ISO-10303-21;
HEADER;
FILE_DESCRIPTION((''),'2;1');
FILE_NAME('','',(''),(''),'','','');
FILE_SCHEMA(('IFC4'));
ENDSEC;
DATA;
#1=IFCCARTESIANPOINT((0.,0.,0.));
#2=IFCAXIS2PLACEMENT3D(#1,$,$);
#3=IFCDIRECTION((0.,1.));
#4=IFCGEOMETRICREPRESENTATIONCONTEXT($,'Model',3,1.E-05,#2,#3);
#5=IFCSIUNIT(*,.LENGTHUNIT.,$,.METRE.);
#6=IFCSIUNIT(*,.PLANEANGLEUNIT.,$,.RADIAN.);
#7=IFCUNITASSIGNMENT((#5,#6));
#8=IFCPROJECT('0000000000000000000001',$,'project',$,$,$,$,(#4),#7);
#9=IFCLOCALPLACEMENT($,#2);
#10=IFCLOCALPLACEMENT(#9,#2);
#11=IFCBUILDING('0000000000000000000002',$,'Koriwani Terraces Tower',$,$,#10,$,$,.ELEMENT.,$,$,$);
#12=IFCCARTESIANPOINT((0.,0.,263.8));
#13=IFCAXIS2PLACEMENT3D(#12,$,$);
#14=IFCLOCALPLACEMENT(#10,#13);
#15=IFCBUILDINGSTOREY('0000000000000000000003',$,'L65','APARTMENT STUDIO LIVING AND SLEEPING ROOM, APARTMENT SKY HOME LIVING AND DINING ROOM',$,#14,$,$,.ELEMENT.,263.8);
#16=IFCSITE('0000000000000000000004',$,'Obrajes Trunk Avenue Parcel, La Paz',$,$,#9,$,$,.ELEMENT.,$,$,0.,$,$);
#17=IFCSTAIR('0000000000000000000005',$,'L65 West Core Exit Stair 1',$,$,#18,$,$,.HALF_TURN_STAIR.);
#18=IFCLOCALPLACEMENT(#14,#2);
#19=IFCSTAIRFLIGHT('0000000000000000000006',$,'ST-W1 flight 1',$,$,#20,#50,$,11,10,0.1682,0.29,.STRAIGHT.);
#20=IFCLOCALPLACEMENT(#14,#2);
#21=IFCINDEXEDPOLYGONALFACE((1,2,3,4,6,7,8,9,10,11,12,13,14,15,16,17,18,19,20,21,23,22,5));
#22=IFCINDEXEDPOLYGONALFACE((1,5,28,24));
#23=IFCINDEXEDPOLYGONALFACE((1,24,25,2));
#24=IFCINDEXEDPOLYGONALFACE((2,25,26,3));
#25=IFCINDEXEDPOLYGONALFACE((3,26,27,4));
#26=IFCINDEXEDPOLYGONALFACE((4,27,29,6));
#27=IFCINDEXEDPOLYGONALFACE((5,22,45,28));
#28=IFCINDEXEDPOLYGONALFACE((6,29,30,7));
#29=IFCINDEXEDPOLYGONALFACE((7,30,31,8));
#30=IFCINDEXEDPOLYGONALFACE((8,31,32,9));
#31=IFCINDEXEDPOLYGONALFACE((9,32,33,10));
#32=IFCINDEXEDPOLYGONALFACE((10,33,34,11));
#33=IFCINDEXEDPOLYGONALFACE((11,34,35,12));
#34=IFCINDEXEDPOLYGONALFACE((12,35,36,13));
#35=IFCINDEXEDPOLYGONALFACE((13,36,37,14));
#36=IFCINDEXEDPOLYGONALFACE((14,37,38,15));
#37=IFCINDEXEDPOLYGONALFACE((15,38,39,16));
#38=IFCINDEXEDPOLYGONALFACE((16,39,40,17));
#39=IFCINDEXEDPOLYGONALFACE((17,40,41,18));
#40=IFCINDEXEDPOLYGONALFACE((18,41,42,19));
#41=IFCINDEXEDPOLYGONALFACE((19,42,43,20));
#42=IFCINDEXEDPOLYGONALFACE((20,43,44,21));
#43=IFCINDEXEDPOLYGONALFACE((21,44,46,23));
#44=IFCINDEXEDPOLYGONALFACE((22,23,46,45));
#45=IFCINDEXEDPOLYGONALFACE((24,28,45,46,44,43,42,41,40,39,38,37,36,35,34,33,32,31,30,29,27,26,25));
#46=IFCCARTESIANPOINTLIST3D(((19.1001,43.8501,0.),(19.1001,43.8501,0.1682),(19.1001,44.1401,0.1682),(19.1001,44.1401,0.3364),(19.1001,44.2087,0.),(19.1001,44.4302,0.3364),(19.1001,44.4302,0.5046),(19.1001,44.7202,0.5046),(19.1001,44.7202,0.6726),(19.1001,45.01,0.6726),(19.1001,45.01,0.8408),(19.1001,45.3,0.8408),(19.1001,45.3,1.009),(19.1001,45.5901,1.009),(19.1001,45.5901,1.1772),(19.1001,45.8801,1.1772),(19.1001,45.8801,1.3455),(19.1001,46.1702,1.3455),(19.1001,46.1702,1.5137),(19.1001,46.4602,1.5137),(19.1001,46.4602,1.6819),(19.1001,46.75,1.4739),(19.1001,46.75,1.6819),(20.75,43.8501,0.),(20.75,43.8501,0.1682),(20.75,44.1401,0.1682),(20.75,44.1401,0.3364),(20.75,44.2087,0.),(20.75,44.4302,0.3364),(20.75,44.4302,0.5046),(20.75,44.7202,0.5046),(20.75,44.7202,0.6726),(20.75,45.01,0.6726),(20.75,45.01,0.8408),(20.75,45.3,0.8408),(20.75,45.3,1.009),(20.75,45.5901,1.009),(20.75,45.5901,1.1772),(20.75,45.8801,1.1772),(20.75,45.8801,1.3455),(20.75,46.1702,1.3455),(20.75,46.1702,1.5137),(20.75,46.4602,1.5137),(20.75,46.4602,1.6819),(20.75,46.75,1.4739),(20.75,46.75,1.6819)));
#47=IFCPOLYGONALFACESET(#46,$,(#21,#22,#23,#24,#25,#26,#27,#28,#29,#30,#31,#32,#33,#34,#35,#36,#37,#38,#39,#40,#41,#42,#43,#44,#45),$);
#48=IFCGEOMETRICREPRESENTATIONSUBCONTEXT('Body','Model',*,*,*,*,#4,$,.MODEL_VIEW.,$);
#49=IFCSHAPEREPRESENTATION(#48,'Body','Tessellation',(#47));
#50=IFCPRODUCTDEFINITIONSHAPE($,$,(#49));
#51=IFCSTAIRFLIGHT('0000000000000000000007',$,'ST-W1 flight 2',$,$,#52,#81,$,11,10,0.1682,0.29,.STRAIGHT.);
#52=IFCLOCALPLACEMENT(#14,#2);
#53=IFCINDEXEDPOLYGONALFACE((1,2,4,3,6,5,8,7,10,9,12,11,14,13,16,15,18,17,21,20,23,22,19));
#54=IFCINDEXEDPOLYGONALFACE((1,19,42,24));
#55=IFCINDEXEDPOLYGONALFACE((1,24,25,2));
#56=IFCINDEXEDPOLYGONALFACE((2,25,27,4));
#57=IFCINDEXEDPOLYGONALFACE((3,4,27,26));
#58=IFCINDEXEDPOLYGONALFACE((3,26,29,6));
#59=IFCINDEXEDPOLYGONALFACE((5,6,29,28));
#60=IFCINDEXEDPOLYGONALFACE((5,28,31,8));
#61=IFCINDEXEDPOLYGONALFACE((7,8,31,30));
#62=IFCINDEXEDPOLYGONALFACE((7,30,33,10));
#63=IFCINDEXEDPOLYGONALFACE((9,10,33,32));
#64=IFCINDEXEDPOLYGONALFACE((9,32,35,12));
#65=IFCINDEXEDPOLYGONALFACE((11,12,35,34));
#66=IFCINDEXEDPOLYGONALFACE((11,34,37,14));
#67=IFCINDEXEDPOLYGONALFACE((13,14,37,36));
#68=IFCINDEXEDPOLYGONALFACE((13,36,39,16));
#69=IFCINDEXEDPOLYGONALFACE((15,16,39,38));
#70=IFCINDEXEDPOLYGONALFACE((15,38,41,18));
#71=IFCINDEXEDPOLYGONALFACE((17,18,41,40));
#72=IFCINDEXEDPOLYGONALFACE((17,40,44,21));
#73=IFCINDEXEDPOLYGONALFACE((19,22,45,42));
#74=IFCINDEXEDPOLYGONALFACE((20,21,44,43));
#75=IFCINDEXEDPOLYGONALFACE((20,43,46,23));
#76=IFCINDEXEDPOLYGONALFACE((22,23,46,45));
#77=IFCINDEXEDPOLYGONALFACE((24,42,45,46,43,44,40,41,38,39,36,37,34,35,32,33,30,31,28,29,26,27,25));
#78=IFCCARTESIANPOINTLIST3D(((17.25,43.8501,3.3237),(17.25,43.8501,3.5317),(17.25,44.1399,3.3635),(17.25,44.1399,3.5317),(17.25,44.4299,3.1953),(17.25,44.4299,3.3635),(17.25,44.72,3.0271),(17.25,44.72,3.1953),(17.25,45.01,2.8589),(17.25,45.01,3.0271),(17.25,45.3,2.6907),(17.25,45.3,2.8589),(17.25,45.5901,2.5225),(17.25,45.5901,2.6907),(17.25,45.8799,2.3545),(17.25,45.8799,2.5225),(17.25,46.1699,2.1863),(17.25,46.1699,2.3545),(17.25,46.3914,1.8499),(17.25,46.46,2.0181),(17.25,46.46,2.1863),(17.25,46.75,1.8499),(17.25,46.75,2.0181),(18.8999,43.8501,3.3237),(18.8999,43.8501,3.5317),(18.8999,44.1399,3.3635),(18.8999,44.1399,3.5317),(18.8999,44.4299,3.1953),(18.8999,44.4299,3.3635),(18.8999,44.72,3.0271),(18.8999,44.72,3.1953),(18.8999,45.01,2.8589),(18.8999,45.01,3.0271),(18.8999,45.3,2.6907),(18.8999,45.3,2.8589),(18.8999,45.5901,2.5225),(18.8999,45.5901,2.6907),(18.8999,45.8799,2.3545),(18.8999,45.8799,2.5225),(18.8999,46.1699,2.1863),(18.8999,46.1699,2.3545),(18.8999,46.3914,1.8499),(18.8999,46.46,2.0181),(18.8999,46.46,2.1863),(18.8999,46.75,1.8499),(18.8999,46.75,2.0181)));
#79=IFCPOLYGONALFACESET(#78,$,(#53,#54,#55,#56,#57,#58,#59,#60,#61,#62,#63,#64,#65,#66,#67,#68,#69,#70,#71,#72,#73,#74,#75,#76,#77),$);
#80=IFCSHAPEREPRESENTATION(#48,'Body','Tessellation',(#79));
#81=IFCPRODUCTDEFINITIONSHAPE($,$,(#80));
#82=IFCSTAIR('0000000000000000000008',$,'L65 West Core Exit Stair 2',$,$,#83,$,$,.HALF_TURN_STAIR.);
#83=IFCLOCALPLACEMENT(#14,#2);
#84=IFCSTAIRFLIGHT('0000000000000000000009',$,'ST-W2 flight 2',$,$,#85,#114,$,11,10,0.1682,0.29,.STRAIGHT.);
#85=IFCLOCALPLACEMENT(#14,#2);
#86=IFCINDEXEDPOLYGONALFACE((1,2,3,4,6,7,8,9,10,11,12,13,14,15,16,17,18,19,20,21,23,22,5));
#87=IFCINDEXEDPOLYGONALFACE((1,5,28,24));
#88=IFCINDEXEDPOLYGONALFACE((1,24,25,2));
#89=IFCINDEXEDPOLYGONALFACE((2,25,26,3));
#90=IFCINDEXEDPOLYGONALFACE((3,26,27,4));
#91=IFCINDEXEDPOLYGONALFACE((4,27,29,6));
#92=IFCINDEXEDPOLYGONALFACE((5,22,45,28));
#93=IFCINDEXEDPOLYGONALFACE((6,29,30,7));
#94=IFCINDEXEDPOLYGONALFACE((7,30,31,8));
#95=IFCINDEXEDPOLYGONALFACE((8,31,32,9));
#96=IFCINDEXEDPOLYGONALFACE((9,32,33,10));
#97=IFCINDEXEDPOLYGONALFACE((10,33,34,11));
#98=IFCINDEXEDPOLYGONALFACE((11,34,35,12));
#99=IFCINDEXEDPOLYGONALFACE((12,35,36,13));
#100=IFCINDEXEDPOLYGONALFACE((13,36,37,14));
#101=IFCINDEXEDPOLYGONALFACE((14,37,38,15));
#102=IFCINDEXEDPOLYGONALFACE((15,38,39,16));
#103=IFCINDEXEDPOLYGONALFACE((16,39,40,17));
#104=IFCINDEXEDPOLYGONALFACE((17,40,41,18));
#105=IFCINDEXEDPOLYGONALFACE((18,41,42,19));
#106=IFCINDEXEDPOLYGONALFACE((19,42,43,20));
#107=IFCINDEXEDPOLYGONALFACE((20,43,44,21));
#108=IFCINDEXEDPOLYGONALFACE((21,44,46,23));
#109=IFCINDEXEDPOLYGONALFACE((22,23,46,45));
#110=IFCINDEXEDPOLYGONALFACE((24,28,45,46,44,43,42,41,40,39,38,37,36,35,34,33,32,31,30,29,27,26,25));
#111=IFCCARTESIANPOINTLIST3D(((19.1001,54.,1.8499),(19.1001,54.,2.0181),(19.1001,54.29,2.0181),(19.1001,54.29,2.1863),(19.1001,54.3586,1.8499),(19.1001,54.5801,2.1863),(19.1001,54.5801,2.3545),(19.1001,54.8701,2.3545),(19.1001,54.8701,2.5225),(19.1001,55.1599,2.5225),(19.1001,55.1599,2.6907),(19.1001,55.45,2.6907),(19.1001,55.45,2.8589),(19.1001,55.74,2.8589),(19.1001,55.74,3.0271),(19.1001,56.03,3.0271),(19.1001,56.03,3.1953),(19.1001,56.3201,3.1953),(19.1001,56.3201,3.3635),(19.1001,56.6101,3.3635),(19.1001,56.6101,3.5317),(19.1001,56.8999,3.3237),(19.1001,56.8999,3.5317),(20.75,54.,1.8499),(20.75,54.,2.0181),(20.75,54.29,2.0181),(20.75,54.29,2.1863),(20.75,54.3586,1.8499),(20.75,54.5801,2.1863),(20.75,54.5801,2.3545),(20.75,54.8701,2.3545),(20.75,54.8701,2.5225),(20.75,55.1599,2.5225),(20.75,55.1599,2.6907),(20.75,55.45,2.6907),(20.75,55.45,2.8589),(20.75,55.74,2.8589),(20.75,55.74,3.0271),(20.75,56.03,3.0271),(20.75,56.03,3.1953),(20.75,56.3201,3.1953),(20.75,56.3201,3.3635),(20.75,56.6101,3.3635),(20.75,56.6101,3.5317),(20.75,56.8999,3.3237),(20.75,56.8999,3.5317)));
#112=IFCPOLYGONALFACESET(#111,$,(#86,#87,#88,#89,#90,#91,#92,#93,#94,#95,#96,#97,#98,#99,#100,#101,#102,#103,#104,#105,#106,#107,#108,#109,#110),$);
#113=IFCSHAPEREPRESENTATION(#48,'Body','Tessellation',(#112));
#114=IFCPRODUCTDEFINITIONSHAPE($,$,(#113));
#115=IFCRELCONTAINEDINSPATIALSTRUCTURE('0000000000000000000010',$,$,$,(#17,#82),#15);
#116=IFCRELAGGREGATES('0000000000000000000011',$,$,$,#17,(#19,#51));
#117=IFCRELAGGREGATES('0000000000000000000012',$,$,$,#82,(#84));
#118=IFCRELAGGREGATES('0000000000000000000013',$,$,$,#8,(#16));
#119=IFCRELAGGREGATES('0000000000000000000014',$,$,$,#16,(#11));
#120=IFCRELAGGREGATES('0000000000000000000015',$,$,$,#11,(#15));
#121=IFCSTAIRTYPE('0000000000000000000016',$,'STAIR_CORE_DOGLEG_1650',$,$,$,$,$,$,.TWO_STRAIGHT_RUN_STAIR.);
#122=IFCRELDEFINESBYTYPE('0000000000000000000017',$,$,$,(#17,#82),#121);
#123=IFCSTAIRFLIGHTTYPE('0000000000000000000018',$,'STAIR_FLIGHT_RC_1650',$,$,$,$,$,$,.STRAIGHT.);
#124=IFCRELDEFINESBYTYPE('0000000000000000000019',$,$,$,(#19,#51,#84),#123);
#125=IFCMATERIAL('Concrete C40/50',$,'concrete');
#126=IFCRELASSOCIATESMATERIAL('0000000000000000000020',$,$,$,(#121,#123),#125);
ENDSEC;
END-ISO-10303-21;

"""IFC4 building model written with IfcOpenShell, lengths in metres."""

from ifc_helpers import new_model, si_unit, direction, frame, origin, place, context, subcontext, project, spatial, polyline, outline, extrude, material, type_object, element, aggregate, save


model = new_model("IFC4")

# Units and contexts
model_context = context("Model", 3, precision=1e-05, world=origin(), true_north=direction((0.0, 1.0)))
body_context = subcontext(model_context, "Body", "Model", "MODEL_VIEW")
ifc_project = project(units=[si_unit("LENGTHUNIT", "METRE"), si_unit("PLANEANGLEUNIT", "RADIAN")], contexts=[model_context])

# Site, building, storey
site_placement = place(None, origin())
site = spatial("IfcSite", under=ifc_project, at=site_placement, Name="Obrajes Trunk Avenue Parcel, La Paz", CompositionType="ELEMENT", RefElevation=0.0)
building_placement = place(site_placement, origin())
building = spatial("IfcBuilding", under=site, at=building_placement, Name="Koriwani Terraces Tower", CompositionType="ELEMENT")
storey_placement = place(building_placement, frame((0.0, 0.0, 263.8)))
storey = spatial("IfcBuildingStorey", under=building, at=storey_placement, Name="L65", Description="APARTMENT STUDIO LIVING AND SLEEPING ROOM, APARTMENT SKY HOME LIVING AND DINING ROOM", CompositionType="ELEMENT", Elevation=263.8)

# Shared definitions
ifc_material_1 = material(Name="Concrete C40/50", Category="concrete")

# Stair, stair flights
stair_type = type_object("IfcStairType", Name="STAIR_CORE_DOGLEG_1650", PredefinedType="TWO_STRAIGHT_RUN_STAIR", material=ifc_material_1)
stair_1_placement = place(storey_placement, origin())
stair_1 = element("IfcStair", 1, at=stair_1_placement, inside=storey, type_object=stair_type, Name="L65 West Core Exit Stair 1", PredefinedType="HALF_TURN_STAIR")
stair_flight_type = type_object("IfcStairFlightType", Name="STAIR_FLIGHT_RC_1650", PredefinedType="STRAIGHT", material=ifc_material_1)
stair_flight_1_placement = place(storey_placement, frame((19.925, 43.8501, 0.0), z_axis=(0.0, 0.0, 1.0), x_axis=(0.0, 1.0, 0.0)))
stair_flight_1 = element("IfcStairFlight", 2, at=stair_flight_1_placement, type_object=stair_flight_type, Name="ST-W1 flight 1", NumberOfRisers=11, NumberOfTreads=10, PredefinedType="STRAIGHT", RiserHeight=0.1682, TreadLength=0.29, context=body_context, shape_type="SweptSolid", body=[
    extrude(outline(polyline([(0.0, 0.0), (0.0, 0.1682), (0.29, 0.1682), (0.29, 0.3364), (0.5801, 0.3364), (0.5801, 0.5046), (0.8701, 0.5046), (0.8701, 0.6726), (1.1599, 0.6726), (1.1599, 0.8408), (1.45, 0.8408), (1.45, 1.009), (1.74, 1.009), (1.74, 1.1772), (2.03, 1.1772), (2.03, 1.3455), (2.3201, 1.3455), (2.3201, 1.5137), (2.6101, 1.5137), (2.6101, 1.6819), (2.8999, 1.6819), (2.8999, 1.8501), (2.8999, 1.4739), (0.3586, 0.0), (0.0, 0.0)])), frame((0.0, 0.825, 0.0), z_axis=(0.0, -1.0, 0.0), x_axis=(1.0, 0.0, 0.0)), (0.0, 0.0, 1.0), 1.6499),
])
stair_flight_2_placement = place(storey_placement, frame((18.075, 46.75, 1.8499), z_axis=(0.0, 0.0, 1.0), x_axis=(0.0, -1.0, 0.0)))
stair_flight_2 = element("IfcStairFlight", 3, at=stair_flight_2_placement, type_object=stair_flight_type, Name="ST-W1 flight 2", NumberOfRisers=11, NumberOfTreads=10, PredefinedType="STRAIGHT", RiserHeight=0.1682, TreadLength=0.29, context=body_context, shape_type="SweptSolid", body=[
    extrude(outline(polyline([(0.0, 0.0), (0.0, 0.1682), (0.29, 0.1682), (0.29, 0.3364), (0.5801, 0.3364), (0.5801, 0.5046), (0.8701, 0.5046), (0.8701, 0.6726), (1.1599, 0.6726), (1.1599, 0.8408), (1.45, 0.8408), (1.45, 1.009), (1.74, 1.009), (1.74, 1.1772), (2.03, 1.1772), (2.03, 1.3455), (2.3201, 1.3455), (2.3201, 1.5137), (2.6101, 1.5137), (2.6101, 1.6819), (2.8999, 1.6819), (2.8999, 1.8501), (2.8999, 1.4739), (0.3586, 0.0), (0.0, 0.0)])), frame((0.0, 0.825, 0.0), z_axis=(0.0, -1.0, 0.0), x_axis=(1.0, 0.0, 0.0)), (0.0, 0.0, 1.0), 1.6499),
])
aggregate(stair_1, [stair_flight_1, stair_flight_2])

# Stair, stair flight
stair_2_placement = place(storey_placement, origin())
stair_2 = element("IfcStair", 4, at=stair_2_placement, inside=storey, type_object=stair_type, Name="L65 West Core Exit Stair 2", PredefinedType="HALF_TURN_STAIR")
stair_flight_3_placement = place(storey_placement, frame((19.925, 54.0, 1.8499), z_axis=(0.0, 0.0, 1.0), x_axis=(0.0, 1.0, 0.0)))
stair_flight_3 = element("IfcStairFlight", 5, at=stair_flight_3_placement, type_object=stair_flight_type, Name="ST-W2 flight 2", NumberOfRisers=11, NumberOfTreads=10, PredefinedType="STRAIGHT", RiserHeight=0.1682, TreadLength=0.29, context=body_context, shape_type="SweptSolid", body=[
    extrude(outline(polyline([(0.0, 0.0), (0.0, 0.1682), (0.29, 0.1682), (0.29, 0.3364), (0.5801, 0.3364), (0.5801, 0.5046), (0.8701, 0.5046), (0.8701, 0.6726), (1.1599, 0.6726), (1.1599, 0.8408), (1.45, 0.8408), (1.45, 1.009), (1.74, 1.009), (1.74, 1.1772), (2.03, 1.1772), (2.03, 1.3455), (2.3201, 1.3455), (2.3201, 1.5137), (2.6101, 1.5137), (2.6101, 1.6819), (2.8999, 1.6819), (2.8999, 1.8501), (2.8999, 1.4739), (0.3586, 0.0), (0.0, 0.0)])), frame((0.0, 0.825, 0.0), z_axis=(0.0, -1.0, 0.0), x_axis=(1.0, 0.0, 0.0)), (0.0, 0.0, 1.0), 1.6499),
])
aggregate(stair_2, [stair_flight_3])

save(model, "model.ifc")
